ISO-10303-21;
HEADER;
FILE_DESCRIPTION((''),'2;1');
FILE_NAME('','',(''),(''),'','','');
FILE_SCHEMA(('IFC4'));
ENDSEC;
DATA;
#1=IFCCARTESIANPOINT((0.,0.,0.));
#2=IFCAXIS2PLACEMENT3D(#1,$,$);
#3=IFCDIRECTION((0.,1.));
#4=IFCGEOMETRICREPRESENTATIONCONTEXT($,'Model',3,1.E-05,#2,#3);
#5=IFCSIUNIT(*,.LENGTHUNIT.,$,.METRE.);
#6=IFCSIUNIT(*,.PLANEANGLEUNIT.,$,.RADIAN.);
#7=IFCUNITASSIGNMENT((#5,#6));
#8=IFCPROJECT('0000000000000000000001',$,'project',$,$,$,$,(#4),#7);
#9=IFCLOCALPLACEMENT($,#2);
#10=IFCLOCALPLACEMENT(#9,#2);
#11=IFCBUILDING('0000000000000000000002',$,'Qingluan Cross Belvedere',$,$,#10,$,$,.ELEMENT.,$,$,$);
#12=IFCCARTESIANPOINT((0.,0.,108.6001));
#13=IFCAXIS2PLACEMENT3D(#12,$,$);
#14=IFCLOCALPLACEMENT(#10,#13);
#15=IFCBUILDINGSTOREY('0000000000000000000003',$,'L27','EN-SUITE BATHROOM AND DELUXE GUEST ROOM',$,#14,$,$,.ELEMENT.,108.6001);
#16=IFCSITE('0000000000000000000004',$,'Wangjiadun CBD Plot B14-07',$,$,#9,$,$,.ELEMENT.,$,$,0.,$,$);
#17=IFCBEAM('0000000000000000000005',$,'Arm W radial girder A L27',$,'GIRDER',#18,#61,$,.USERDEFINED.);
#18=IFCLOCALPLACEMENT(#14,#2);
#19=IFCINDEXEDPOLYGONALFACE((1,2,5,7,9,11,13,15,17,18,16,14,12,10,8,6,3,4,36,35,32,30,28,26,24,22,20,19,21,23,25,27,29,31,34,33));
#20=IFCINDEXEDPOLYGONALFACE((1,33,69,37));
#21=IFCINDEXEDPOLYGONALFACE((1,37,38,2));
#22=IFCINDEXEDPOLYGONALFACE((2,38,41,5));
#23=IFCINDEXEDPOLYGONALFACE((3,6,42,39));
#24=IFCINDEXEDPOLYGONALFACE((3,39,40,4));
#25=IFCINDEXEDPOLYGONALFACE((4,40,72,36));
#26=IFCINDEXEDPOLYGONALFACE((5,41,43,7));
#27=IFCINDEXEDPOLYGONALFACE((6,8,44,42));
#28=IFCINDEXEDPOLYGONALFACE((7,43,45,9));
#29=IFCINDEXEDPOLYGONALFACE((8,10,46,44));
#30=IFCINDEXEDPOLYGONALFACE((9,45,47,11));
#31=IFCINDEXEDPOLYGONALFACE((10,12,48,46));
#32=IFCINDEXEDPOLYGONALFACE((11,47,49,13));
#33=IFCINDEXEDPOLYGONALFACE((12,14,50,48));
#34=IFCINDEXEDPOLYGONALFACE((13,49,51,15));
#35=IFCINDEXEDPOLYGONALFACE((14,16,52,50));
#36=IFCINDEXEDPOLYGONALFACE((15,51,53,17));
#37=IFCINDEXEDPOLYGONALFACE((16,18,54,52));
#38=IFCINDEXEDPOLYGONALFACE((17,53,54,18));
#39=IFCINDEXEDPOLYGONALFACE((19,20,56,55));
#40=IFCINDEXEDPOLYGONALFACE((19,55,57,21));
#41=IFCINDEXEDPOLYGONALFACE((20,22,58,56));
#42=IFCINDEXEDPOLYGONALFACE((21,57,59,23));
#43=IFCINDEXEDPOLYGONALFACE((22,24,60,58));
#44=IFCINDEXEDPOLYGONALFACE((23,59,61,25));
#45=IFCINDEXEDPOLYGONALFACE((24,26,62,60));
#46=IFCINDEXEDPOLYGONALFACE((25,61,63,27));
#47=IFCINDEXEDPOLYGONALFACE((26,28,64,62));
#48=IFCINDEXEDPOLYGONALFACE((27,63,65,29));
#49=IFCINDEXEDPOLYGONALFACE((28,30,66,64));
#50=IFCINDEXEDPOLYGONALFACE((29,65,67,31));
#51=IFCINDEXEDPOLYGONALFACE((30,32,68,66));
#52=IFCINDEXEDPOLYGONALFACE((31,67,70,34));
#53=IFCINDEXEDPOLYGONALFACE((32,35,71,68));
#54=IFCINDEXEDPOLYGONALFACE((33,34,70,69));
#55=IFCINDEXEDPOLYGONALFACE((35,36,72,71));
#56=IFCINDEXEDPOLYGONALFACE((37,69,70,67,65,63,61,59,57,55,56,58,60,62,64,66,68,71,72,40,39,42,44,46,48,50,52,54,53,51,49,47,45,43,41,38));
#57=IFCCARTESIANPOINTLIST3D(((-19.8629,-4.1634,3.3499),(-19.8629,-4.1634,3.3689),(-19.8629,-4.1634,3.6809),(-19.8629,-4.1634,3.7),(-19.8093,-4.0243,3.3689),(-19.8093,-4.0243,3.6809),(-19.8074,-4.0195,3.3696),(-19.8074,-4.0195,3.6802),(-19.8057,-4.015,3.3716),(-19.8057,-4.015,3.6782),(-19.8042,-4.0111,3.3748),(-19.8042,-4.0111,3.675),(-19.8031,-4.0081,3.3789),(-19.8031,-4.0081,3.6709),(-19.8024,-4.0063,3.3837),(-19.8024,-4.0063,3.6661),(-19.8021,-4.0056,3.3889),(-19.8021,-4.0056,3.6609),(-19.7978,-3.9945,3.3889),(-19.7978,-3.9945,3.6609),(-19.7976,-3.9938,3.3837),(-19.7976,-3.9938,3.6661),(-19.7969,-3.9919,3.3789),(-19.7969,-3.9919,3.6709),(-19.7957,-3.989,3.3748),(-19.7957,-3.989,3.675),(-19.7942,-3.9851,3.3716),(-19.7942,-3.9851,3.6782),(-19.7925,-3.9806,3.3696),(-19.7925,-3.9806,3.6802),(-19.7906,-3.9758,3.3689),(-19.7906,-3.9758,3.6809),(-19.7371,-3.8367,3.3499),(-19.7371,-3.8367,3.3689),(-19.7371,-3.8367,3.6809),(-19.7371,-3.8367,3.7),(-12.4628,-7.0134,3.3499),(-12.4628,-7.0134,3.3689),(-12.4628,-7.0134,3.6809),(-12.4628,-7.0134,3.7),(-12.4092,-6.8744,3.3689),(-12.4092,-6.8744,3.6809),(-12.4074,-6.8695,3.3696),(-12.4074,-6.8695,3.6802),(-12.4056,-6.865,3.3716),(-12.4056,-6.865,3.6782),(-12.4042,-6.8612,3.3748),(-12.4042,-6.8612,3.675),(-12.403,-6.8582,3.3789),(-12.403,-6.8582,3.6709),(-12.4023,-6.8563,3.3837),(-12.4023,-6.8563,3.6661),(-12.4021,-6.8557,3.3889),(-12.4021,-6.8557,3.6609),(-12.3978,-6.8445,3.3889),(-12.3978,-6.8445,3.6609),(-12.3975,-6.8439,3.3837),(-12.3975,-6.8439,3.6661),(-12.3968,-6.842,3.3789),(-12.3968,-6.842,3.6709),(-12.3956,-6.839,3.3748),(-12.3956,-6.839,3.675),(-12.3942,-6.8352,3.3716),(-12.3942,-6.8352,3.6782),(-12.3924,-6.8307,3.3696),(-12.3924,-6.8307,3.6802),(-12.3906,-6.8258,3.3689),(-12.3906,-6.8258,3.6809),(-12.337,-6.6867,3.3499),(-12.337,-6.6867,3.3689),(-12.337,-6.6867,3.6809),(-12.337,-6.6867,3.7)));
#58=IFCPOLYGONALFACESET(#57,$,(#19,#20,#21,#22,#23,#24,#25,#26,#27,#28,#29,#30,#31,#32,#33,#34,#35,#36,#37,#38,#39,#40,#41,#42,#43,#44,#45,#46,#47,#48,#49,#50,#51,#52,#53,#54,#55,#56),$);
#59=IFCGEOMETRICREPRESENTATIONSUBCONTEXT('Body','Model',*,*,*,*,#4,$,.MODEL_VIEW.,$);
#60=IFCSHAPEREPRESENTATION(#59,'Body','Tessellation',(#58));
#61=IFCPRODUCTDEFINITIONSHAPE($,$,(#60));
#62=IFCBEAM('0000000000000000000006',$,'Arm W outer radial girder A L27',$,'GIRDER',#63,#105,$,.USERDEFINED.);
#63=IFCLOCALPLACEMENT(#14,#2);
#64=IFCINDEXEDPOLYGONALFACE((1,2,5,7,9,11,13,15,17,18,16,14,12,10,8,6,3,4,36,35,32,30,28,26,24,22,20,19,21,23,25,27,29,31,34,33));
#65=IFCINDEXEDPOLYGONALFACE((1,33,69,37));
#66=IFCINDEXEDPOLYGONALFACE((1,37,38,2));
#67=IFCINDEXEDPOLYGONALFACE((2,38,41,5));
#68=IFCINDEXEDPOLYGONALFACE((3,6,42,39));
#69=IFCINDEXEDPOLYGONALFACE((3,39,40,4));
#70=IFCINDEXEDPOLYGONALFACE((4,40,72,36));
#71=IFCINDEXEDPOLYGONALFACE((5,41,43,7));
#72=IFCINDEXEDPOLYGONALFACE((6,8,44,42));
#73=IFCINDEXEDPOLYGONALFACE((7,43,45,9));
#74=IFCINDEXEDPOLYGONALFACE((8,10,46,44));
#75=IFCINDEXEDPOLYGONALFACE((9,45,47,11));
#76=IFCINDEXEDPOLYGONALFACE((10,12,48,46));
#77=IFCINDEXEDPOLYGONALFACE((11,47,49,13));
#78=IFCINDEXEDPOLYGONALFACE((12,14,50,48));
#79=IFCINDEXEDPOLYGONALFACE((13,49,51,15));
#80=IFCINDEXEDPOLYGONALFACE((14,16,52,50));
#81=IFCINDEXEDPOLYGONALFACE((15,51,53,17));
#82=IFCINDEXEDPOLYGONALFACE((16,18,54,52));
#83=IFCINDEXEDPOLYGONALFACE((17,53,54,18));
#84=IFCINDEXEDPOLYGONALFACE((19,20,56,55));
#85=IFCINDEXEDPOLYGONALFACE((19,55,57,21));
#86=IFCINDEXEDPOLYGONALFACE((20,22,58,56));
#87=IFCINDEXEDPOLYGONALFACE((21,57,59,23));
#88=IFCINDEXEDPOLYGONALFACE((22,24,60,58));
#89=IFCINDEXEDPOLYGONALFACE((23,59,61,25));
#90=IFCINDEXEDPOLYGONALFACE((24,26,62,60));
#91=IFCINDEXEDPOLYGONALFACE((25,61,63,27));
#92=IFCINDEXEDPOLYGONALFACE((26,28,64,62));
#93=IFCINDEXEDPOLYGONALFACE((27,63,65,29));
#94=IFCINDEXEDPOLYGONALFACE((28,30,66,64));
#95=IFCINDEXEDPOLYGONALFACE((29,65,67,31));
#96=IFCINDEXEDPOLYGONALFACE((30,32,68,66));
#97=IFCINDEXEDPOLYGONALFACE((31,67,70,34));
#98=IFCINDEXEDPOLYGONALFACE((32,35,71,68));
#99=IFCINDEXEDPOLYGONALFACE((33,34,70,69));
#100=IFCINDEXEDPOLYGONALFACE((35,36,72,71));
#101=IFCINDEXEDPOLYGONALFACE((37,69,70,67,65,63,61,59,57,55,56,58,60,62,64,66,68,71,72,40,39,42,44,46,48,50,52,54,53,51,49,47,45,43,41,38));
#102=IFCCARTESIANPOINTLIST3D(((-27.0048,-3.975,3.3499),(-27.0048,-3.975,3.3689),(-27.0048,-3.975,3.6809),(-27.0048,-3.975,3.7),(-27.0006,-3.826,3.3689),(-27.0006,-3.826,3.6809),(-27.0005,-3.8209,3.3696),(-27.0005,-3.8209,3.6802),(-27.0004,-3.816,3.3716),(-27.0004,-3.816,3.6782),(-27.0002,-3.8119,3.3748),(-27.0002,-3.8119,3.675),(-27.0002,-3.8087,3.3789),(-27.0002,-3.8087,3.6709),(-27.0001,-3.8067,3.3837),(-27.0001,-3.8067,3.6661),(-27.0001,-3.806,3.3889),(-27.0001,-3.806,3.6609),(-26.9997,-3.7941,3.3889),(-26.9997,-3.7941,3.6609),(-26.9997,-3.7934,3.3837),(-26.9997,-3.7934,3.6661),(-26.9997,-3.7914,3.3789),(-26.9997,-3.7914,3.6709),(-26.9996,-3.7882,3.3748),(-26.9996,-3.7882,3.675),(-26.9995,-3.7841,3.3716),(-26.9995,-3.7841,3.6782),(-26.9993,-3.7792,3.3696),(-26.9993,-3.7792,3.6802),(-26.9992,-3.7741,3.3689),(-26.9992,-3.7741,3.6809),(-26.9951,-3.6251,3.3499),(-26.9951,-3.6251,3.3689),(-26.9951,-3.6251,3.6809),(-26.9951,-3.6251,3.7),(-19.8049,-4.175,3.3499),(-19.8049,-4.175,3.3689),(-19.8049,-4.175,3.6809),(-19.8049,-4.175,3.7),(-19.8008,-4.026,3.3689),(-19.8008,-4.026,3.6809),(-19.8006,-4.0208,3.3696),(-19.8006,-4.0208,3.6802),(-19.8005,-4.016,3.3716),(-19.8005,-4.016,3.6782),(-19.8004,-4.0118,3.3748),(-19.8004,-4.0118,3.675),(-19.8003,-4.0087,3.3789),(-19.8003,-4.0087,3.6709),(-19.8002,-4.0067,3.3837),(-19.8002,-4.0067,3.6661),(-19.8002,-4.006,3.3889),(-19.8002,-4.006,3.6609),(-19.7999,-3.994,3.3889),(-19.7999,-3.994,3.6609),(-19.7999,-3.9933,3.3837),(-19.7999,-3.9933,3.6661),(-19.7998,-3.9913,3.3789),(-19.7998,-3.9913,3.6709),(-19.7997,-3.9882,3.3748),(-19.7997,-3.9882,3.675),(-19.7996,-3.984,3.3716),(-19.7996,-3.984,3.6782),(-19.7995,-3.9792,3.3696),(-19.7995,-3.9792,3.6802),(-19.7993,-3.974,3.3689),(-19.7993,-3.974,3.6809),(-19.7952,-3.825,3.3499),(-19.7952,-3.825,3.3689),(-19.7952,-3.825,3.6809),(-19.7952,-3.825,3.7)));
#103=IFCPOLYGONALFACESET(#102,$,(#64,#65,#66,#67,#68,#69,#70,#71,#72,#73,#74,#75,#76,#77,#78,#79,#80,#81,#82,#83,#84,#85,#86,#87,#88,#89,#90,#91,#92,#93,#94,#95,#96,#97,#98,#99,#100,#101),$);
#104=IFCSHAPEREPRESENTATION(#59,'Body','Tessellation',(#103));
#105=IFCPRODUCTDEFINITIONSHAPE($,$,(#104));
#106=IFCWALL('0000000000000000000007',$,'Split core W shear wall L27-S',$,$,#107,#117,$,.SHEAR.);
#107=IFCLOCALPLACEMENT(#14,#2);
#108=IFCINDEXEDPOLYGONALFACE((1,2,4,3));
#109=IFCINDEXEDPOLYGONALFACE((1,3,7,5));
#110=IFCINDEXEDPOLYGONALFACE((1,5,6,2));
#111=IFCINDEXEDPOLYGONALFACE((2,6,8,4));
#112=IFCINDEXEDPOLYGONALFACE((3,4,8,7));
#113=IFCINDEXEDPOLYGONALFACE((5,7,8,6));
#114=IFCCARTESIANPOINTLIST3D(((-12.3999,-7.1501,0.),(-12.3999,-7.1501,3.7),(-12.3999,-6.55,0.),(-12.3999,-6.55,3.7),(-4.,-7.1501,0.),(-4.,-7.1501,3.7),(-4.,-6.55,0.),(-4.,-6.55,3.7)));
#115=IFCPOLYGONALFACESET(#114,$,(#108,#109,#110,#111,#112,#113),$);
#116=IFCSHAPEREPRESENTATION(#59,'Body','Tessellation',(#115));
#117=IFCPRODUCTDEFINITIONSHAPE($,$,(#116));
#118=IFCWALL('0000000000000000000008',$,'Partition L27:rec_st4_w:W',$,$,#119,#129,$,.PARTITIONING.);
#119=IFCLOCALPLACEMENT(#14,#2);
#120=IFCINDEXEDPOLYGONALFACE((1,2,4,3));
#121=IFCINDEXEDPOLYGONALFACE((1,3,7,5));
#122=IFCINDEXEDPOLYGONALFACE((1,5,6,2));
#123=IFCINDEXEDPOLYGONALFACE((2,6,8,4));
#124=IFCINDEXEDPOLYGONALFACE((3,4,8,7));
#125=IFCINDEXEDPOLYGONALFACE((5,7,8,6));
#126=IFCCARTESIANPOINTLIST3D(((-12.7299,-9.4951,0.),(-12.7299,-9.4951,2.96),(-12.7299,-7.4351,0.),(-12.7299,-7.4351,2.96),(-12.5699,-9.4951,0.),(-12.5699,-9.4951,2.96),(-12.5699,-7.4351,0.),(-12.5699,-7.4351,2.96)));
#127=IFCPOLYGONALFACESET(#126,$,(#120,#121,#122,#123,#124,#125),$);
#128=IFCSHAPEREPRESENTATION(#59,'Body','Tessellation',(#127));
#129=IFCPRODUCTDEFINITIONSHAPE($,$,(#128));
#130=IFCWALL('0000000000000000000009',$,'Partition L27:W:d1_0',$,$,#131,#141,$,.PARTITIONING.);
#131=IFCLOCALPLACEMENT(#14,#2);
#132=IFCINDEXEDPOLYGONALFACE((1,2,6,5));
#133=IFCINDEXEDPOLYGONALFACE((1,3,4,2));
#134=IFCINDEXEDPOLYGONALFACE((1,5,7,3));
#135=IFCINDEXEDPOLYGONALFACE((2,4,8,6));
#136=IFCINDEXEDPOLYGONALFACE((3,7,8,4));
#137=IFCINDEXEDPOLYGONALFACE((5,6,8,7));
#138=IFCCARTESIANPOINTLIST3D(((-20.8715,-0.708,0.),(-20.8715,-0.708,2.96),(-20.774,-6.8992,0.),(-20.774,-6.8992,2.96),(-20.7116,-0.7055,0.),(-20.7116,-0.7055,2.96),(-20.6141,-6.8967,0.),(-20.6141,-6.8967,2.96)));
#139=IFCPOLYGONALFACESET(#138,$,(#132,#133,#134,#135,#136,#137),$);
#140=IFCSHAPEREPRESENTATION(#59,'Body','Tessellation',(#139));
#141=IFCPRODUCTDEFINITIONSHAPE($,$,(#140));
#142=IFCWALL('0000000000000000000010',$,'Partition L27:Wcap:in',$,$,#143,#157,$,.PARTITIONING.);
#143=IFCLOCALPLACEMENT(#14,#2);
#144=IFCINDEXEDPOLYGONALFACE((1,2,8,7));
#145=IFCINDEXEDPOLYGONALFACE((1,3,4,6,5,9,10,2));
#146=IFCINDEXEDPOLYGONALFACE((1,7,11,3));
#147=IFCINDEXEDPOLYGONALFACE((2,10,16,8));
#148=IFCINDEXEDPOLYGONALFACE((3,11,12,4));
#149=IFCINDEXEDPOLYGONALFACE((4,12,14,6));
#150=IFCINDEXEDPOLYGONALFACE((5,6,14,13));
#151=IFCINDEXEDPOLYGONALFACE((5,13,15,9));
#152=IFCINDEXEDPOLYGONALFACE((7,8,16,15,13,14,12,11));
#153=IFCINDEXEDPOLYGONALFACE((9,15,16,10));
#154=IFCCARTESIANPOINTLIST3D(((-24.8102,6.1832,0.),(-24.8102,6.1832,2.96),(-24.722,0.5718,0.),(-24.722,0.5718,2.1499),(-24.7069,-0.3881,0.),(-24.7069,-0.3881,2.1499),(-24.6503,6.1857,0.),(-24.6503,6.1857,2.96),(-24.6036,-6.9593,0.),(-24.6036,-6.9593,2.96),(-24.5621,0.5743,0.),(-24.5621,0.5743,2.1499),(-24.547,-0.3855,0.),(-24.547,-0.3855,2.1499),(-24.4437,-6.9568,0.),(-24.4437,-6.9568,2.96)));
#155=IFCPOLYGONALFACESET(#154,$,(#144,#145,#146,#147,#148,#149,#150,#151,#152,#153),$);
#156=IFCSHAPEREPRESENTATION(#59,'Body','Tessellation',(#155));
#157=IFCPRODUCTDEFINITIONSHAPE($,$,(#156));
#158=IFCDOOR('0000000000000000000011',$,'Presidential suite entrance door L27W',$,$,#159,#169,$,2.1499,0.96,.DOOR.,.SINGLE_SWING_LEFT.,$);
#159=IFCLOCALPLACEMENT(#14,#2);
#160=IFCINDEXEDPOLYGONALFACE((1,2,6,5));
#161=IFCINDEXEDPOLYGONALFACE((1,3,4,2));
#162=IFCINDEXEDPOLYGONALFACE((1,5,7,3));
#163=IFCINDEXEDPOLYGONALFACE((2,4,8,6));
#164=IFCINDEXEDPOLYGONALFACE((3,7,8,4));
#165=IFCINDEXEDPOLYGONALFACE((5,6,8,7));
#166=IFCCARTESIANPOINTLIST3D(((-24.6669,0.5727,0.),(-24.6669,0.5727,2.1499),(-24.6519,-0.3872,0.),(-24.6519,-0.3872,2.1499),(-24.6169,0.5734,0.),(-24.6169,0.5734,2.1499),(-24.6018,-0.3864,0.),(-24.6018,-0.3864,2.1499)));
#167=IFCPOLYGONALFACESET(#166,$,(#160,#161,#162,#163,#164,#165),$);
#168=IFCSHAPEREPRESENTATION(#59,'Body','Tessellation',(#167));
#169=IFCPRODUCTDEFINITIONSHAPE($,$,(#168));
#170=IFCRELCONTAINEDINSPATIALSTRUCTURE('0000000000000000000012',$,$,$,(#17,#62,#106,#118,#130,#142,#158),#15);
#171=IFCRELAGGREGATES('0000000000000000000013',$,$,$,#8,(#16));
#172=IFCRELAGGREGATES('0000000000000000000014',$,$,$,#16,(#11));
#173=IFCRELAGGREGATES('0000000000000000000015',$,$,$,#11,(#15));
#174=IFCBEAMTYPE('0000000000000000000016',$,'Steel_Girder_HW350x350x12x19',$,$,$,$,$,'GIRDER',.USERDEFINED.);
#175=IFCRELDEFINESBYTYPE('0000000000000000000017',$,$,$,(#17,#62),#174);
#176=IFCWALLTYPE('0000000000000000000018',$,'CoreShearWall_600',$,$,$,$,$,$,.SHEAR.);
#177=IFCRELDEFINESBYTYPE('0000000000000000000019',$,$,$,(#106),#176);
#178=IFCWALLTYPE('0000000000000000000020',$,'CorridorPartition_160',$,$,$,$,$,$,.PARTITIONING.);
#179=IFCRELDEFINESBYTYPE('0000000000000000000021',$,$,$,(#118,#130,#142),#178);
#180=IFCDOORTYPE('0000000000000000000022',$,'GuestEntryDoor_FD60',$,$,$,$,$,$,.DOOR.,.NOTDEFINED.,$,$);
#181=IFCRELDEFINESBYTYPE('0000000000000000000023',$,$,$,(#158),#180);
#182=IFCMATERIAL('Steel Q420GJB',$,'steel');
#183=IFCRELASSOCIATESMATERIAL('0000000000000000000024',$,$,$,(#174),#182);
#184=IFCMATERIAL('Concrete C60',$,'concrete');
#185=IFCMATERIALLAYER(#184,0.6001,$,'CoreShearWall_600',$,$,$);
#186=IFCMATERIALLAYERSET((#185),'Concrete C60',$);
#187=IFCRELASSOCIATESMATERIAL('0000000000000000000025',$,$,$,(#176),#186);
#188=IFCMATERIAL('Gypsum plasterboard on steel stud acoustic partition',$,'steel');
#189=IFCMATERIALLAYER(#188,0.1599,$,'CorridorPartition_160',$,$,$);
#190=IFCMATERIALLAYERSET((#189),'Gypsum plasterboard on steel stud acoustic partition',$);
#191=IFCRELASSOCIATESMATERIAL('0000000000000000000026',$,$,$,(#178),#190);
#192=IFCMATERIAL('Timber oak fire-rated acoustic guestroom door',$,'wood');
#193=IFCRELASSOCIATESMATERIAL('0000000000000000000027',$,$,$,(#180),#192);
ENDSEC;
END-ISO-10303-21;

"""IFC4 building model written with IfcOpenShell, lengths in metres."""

from ifc_helpers import new_model, si_unit, direction, frame, frame_2d, origin, origin_2d, place, context, subcontext, project, spatial, rectangle, i_section, extrude, material, layer, layer_set, material_profile, profile_set, type_object, element, fill, save


model = new_model("IFC4")

# Units and contexts
model_context = context("Model", 3, precision=1e-05, world=origin(), true_north=direction((0.0, 1.0)))
body_context = subcontext(model_context, "Body", "Model", "MODEL_VIEW")
ifc_project = project(units=[si_unit("LENGTHUNIT", "METRE"), si_unit("PLANEANGLEUNIT", "RADIAN")], contexts=[model_context])

# Site, building, storey
site_placement = place(None, origin())
site = spatial("IfcSite", under=ifc_project, at=site_placement, Name="Wangjiadun CBD Plot B14-07", CompositionType="ELEMENT", RefElevation=0.0)
building_placement = place(site_placement, origin())
building = spatial("IfcBuilding", under=site, at=building_placement, Name="Qingluan Cross Belvedere", CompositionType="ELEMENT")
storey_placement = place(building_placement, frame((0.0, 0.0, 108.6001)))
storey = spatial("IfcBuildingStorey", under=building, at=storey_placement, Name="L27", Description="EN-SUITE BATHROOM AND DELUXE GUEST ROOM", CompositionType="ELEMENT", Elevation=108.6001)

# Beams
ifc_material_1 = material(Name="Steel Q420GJB", Category="steel")
ifc_material_profile_1 = material_profile(ifc_material_1, i_section(OverallWidth=0.3501, OverallDepth=0.3501, WebThickness=0.012, FlangeThickness=0.019, FilletRadius=0.02, at=origin_2d()), Name="HW350x350x12x19")
ifc_profile_set_1 = profile_set([ifc_material_profile_1], Name="Steel Q420GJB")
beam_type_1 = type_object("IfcBeamType", Name="Steel_Girder_HW350x350x12x19", ElementType="GIRDER", PredefinedType="USERDEFINED", material=ifc_profile_set_1)
beam_1_placement = place(storey_placement, frame((-12.3999, -6.8501, 3.5249), z_axis=(-0.933181, 0.359406, 0.0), x_axis=(-0.359406, -0.933181, 0.0)))
element("IfcBeam", 1, at=beam_1_placement, inside=storey, type_object=beam_type_1, Name="Arm W radial girder A L27", ObjectType="GIRDER", PredefinedType="USERDEFINED", context=body_context, shape_type="SweptSolid", body=[
    extrude(i_section(OverallWidth=0.3501, OverallDepth=0.3501, WebThickness=0.012, FlangeThickness=0.019, FilletRadius=0.02, at=origin_2d()), origin(), (0.0, 0.0, 1.0), 7.9299),
])
beam_2_placement = place(storey_placement, frame((-19.8, -4.0, 3.5249), z_axis=(-0.999615, 0.02776, 0.0), x_axis=(-0.02776, -0.999615, 0.0)))
element("IfcBeam", 2, at=beam_2_placement, inside=storey, type_object=beam_type_1, Name="Arm W outer radial girder A L27", ObjectType="GIRDER", PredefinedType="USERDEFINED", context=body_context, shape_type="SweptSolid", body=[
    extrude(i_section(OverallWidth=0.3501, OverallDepth=0.3501, WebThickness=0.012, FlangeThickness=0.019, FilletRadius=0.02, at=origin_2d()), origin(), (0.0, 0.0, 1.0), 7.2026),
])

# Walls
ifc_material_2 = material(Name="Concrete C60", Category="concrete")
ifc_layer_1 = layer(ifc_material_2, 0.6001, Name="CoreShearWall_600")
ifc_layer_set_1 = layer_set([ifc_layer_1], Name="Concrete C60")
wall_type_1 = type_object("IfcWallType", Name="CoreShearWall_600", PredefinedType="SHEAR", material=ifc_layer_set_1)
wall_1_placement = place(storey_placement, frame((-12.3999, -6.8501, 0.0), z_axis=(0.0, 0.0, 1.0), x_axis=(1.0, 0.0, 0.0)))
element("IfcWall", 3, at=wall_1_placement, inside=storey, type_object=wall_type_1, Name="Split core W shear wall L27-S", PredefinedType="SHEAR", context=body_context, shape_type="SweptSolid", body=[
    extrude(rectangle(XDim=8.3999, YDim=0.6001, at=frame_2d((4.2, 0.0))), origin(), (0.0, 0.0, 1.0), 3.7),
])
ifc_material_3 = material(Name="Gypsum plasterboard on steel stud acoustic partition", Category="steel")
ifc_layer_2 = layer(ifc_material_3, 0.1599, Name="CorridorPartition_160")
ifc_layer_set_2 = layer_set([ifc_layer_2], Name="Gypsum plasterboard on steel stud acoustic partition")
wall_type_2 = type_object("IfcWallType", Name="CorridorPartition_160", PredefinedType="PARTITIONING", material=ifc_layer_set_2)
wall_2_placement = place(storey_placement, frame((-12.6499, -9.4951, 0.0), z_axis=(0.0, 0.0, 1.0), x_axis=(0.0, 1.0, 0.0)))
element("IfcWall", 4, at=wall_2_placement, inside=storey, type_object=wall_type_2, Name="Partition L27:rec_st4_w:W", PredefinedType="PARTITIONING", context=body_context, shape_type="SweptSolid", body=[
    extrude(rectangle(XDim=2.0601, YDim=0.1599, at=frame_2d((1.03, 0.0))), origin(), (0.0, 0.0, 1.0), 2.96),
])
wall_3_placement = place(storey_placement, frame((-20.7915, -0.7068, 0.0), z_axis=(0.0, 0.0, 1.0), x_axis=(0.015732, -0.999876, 0.0)))
element("IfcWall", 5, at=wall_3_placement, inside=storey, type_object=wall_type_2, Name="Partition L27:W:d1_0", PredefinedType="PARTITIONING", context=body_context, shape_type="SweptSolid", body=[
    extrude(rectangle(XDim=6.1919, YDim=0.1599, at=frame_2d((3.0959, 0.0))), origin(), (0.0, 0.0, 1.0), 2.96),
])

# Wall, opening, door
wall_4_placement = place(storey_placement, frame((-24.5237, -6.958, 0.0), z_axis=(0.0, 0.0, 1.0), x_axis=(-0.015714, 0.999877, 0.0)))
wall_4 = element("IfcWall", 6, at=wall_4_placement, inside=storey, type_object=wall_type_2, Name="Partition L27:Wcap:in", PredefinedType="PARTITIONING", context=body_context, shape_type="SweptSolid", body=[
    extrude(rectangle(XDim=13.144, YDim=0.1599, at=frame_2d((6.572, 0.0))), origin(), (0.0, 0.0, 1.0), 2.96),
])
opening_1_placement = place(wall_4_placement, frame((6.572, 0.0, 0.0)))
opening_1 = element("IfcOpeningElement", 7, at=opening_1_placement, cuts=wall_4, PredefinedType="OPENING", context=body_context, shape_type="SweptSolid", body=[
    extrude(rectangle(XDim=0.96, YDim=2.1499, at=frame_2d((0.48, 1.075))), frame((0.0, 0.0898, 0.0), z_axis=(0.0, -1.0, 0.0), x_axis=(1.0, 0.0, 0.0)), (0.0, 0.0, 1.0), 0.1799),
])
ifc_material_4 = material(Name="Timber oak fire-rated acoustic guestroom door", Category="wood")
door_type_1 = type_object("IfcDoorType", Name="GuestEntryDoor_FD60", OperationType="NOTDEFINED", PredefinedType="DOOR", material=ifc_material_4)
door_1_placement = place(opening_1_placement, origin())
door_1 = element("IfcDoor", 8, at=door_1_placement, inside=storey, type_object=door_type_1, Name="Presidential suite entrance door L27W", OperationType="SINGLE_SWING_LEFT", OverallHeight=2.1499, OverallWidth=0.96, PredefinedType="DOOR", context=body_context, shape_type="SweptSolid", body=[
    extrude(rectangle(XDim=0.96, YDim=2.1499, at=frame_2d((0.48, 1.075))), frame((0.0, 0.0249, 0.0), z_axis=(0.0, -1.0, 0.0), x_axis=(1.0, 0.0, 0.0)), (0.0, 0.0, 1.0), 0.05),
])
fill(opening_1, door_1)

save(model, "model.ifc")
